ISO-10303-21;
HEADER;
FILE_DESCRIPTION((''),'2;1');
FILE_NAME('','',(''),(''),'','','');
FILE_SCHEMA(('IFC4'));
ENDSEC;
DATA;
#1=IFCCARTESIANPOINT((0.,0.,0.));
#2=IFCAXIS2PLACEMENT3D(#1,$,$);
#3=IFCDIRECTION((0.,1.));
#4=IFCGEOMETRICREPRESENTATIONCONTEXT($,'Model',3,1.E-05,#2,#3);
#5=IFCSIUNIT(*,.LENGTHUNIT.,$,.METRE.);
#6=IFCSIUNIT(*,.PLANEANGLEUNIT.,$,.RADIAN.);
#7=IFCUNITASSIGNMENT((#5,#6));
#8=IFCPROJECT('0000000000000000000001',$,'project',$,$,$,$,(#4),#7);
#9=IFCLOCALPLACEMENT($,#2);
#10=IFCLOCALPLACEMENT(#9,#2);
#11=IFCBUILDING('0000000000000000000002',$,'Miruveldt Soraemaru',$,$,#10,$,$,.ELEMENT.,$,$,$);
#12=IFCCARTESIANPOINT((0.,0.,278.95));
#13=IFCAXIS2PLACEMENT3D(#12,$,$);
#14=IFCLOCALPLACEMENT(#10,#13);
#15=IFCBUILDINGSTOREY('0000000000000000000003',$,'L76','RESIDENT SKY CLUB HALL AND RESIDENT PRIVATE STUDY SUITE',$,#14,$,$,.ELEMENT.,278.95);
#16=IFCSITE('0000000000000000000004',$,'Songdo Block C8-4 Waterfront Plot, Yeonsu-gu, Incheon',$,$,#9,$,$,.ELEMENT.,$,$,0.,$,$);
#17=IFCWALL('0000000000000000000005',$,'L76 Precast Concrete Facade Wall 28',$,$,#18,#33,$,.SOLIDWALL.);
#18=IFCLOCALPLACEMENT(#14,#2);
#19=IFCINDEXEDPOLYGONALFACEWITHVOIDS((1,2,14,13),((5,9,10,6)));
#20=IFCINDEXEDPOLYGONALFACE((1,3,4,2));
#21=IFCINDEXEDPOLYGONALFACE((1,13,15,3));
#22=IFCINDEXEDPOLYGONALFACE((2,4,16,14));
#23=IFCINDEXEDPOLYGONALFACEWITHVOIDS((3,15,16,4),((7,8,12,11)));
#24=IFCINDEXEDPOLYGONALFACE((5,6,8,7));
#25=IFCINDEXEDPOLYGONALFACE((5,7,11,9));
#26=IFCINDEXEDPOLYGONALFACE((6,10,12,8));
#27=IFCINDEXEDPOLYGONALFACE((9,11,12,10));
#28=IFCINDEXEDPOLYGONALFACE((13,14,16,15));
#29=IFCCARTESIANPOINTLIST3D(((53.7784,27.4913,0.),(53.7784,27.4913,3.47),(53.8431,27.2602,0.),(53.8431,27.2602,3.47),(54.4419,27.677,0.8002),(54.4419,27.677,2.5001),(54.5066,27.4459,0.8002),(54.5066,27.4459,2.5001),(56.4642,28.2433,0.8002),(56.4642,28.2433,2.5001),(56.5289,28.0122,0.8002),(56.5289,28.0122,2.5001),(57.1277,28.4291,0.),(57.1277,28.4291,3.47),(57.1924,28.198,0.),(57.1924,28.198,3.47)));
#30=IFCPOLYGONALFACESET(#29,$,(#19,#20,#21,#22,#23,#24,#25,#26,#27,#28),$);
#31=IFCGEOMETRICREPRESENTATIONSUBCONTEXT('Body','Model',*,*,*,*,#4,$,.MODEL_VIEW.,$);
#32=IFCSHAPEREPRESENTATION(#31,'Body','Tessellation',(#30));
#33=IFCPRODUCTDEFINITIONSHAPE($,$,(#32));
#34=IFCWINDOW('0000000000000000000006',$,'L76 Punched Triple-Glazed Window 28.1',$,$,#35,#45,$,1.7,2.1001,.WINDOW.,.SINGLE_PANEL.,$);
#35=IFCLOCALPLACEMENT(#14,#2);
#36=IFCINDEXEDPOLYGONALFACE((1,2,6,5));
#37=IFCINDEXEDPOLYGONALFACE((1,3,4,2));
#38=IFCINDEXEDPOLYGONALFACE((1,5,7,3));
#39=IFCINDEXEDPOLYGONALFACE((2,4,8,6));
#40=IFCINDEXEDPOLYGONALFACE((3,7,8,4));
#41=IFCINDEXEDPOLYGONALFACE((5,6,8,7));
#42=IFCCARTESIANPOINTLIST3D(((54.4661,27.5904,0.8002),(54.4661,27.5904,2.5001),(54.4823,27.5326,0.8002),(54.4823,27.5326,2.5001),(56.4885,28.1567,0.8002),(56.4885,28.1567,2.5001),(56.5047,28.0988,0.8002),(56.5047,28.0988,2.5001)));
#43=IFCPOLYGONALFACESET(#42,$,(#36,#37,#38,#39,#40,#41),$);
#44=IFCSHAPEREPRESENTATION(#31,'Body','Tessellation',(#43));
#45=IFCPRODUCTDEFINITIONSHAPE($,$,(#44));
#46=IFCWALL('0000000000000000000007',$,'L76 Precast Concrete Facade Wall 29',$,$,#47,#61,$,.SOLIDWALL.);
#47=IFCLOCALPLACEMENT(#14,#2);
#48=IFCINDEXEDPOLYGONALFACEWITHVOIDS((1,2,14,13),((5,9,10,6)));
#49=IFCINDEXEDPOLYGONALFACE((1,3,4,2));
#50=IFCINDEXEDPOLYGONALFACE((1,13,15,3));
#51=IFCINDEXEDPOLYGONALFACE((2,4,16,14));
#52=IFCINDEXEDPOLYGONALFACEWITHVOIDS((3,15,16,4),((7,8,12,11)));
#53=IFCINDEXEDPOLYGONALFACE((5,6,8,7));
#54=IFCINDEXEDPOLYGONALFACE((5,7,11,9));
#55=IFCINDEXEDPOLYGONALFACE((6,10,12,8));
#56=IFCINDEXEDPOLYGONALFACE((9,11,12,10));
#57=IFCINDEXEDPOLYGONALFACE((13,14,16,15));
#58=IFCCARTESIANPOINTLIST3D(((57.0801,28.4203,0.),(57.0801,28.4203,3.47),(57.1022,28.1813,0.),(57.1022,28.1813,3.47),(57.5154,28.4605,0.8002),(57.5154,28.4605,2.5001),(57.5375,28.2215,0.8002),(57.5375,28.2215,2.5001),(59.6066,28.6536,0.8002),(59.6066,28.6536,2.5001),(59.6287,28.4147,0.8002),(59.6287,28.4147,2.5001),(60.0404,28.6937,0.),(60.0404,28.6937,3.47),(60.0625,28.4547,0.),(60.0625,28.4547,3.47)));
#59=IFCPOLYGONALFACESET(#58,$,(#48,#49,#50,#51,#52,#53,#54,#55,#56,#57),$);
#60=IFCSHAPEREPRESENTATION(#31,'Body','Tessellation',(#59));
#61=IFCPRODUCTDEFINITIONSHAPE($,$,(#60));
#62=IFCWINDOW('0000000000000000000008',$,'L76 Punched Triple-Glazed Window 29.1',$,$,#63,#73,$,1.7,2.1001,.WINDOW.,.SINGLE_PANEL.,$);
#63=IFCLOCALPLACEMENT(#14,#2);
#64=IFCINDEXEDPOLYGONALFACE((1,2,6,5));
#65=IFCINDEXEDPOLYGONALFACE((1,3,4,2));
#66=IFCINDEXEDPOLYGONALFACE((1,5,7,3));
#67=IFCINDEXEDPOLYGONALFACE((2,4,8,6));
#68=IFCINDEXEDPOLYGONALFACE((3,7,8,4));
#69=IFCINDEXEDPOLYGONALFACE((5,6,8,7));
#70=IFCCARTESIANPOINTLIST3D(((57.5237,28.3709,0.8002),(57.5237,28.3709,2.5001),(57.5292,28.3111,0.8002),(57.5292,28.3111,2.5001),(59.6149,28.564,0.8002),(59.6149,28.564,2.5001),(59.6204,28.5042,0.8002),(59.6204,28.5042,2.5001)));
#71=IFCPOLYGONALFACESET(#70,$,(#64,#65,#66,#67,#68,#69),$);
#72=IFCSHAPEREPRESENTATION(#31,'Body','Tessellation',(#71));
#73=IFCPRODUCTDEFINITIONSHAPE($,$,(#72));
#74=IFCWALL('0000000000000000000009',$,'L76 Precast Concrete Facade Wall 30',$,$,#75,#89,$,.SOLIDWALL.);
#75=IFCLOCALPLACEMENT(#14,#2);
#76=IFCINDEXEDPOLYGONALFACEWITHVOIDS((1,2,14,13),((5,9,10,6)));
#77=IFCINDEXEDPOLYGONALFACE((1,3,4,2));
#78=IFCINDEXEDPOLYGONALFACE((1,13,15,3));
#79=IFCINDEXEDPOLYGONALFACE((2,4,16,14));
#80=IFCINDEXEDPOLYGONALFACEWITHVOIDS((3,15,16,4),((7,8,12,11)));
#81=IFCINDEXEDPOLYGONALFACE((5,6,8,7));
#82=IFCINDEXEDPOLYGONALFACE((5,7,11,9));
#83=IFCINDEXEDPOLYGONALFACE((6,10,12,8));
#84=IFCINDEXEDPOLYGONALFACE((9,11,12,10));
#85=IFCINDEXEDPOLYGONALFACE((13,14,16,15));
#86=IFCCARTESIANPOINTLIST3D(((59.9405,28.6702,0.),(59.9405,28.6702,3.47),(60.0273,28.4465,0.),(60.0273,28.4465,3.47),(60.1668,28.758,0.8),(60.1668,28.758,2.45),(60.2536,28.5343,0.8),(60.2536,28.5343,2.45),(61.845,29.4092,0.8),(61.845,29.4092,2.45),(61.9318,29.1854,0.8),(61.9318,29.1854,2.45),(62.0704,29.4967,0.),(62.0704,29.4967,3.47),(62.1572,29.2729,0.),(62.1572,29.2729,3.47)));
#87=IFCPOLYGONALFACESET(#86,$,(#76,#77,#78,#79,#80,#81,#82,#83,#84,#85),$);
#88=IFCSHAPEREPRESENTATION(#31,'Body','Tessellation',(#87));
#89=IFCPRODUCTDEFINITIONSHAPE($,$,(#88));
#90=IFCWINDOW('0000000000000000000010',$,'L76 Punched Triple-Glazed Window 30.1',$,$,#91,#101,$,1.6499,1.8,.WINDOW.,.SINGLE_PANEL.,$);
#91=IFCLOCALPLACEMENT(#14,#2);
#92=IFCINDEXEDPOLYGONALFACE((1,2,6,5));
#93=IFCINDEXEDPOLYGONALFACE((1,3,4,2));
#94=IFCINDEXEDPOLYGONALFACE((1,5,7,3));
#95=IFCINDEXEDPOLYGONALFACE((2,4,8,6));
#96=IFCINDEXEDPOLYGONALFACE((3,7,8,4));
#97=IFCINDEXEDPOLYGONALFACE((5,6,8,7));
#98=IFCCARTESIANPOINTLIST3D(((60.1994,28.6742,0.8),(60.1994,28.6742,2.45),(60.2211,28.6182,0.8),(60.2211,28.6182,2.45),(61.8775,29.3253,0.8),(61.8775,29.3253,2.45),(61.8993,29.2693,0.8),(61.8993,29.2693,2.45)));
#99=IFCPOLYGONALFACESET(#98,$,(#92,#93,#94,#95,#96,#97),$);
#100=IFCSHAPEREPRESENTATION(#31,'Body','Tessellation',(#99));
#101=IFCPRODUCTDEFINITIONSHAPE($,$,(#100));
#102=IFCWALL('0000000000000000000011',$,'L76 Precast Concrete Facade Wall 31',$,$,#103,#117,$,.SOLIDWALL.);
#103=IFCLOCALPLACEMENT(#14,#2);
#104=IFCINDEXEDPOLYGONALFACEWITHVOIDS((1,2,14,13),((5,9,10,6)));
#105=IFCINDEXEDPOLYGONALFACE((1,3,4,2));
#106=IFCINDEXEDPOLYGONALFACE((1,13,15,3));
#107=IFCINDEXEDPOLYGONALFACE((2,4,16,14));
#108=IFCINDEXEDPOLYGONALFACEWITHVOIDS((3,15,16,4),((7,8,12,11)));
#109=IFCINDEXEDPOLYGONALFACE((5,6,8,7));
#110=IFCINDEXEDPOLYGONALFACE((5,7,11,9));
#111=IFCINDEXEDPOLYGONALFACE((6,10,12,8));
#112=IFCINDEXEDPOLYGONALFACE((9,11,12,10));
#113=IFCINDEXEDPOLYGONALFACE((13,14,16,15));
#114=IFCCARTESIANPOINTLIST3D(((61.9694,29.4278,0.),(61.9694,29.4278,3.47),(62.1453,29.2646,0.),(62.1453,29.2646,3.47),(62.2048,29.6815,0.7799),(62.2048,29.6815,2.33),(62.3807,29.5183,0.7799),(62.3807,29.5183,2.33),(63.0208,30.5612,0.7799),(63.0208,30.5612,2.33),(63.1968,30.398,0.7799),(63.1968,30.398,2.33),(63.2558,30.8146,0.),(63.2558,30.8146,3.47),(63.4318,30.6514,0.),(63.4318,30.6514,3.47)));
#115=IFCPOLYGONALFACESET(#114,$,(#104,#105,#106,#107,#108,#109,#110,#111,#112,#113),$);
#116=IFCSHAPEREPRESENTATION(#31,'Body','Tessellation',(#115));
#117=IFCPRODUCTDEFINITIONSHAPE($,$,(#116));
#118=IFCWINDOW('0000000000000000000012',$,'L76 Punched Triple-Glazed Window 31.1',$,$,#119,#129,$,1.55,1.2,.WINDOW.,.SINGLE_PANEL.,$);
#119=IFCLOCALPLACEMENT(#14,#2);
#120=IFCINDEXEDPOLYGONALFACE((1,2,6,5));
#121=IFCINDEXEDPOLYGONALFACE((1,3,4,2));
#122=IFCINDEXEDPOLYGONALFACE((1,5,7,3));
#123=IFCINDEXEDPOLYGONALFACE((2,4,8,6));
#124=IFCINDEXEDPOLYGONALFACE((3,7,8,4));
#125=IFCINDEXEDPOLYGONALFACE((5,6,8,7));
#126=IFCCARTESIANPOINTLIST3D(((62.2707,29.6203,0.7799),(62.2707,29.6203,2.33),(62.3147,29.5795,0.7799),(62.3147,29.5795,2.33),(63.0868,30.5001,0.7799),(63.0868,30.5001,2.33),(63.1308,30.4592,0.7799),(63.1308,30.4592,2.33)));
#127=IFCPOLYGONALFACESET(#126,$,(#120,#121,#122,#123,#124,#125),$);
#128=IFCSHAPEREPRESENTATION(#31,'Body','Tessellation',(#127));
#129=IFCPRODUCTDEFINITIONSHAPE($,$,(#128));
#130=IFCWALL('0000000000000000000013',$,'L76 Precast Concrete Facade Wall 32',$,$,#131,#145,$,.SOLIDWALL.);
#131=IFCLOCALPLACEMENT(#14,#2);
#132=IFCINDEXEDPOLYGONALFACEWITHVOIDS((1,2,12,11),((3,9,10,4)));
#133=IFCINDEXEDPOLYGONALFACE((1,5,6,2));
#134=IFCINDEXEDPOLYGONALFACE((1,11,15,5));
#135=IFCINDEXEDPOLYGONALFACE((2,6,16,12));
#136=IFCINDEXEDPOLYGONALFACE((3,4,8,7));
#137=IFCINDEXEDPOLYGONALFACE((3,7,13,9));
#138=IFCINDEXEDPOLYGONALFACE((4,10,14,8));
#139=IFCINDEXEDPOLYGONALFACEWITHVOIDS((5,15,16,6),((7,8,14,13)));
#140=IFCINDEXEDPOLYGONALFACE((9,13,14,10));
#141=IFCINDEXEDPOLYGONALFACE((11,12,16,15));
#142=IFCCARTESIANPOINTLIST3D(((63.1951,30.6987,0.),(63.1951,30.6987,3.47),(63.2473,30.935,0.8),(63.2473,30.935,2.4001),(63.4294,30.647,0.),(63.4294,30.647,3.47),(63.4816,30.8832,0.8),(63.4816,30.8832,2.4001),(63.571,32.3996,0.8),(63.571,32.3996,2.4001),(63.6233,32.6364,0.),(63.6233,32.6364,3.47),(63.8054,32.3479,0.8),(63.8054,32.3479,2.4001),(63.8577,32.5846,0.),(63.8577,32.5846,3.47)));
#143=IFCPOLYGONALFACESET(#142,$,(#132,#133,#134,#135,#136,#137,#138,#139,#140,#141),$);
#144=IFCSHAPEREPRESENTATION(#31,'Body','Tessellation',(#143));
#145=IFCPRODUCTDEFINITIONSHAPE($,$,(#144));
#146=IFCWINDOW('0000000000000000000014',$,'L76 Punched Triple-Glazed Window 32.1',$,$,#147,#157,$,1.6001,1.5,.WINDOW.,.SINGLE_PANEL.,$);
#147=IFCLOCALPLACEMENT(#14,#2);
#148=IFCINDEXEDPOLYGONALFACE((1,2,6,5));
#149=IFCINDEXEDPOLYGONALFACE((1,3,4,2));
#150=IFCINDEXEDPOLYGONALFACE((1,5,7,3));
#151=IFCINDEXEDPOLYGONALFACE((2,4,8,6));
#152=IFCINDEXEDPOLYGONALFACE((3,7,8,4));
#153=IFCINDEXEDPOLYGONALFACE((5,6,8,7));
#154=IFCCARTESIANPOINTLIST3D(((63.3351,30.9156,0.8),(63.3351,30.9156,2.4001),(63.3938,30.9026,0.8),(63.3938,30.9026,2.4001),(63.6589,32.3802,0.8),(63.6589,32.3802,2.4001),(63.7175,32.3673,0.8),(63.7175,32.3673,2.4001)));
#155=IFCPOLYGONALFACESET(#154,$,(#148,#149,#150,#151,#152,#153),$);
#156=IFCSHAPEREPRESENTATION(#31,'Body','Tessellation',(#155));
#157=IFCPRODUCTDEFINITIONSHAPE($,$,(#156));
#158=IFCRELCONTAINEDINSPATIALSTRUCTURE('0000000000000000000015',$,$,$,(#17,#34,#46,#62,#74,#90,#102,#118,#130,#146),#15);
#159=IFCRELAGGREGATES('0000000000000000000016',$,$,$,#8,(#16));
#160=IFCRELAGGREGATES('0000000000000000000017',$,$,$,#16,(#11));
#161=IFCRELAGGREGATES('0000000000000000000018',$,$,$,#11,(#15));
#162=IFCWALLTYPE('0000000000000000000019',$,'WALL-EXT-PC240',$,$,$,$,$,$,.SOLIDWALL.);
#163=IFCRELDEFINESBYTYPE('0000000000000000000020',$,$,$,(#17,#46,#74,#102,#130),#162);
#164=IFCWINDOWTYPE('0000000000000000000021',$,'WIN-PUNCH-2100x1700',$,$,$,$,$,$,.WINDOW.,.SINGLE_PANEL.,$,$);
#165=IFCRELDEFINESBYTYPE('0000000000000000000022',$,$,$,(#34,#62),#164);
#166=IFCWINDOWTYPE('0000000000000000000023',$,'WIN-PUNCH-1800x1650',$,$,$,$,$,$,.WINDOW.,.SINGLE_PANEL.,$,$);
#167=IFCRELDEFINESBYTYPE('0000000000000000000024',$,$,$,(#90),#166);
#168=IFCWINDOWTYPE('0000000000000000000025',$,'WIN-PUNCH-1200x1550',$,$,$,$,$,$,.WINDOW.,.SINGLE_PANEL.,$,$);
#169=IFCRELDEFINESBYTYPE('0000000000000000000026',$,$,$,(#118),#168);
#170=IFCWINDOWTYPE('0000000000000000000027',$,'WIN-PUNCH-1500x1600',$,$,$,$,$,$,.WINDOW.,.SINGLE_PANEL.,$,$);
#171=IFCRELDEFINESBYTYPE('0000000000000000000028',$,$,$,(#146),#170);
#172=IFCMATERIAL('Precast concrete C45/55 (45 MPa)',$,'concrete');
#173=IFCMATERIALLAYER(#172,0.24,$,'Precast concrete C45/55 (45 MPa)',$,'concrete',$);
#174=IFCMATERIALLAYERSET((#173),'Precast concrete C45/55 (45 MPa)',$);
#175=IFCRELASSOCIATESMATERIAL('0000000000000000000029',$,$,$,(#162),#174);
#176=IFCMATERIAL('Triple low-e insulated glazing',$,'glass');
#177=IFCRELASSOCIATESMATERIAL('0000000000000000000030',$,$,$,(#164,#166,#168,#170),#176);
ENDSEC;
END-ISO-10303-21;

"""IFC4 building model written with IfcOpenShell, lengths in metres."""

from ifc_helpers import new_model, si_unit, direction, frame, frame_2d, origin, place, context, subcontext, project, spatial, rectangle, extrude, material, layer, layer_set, type_object, element, fill, save


model = new_model("IFC4")

# Units and contexts
model_context = context("Model", 3, precision=1e-05, world=origin(), true_north=direction((0.0, 1.0)))
body_context = subcontext(model_context, "Body", "Model", "MODEL_VIEW")
ifc_project = project(units=[si_unit("LENGTHUNIT", "METRE"), si_unit("PLANEANGLEUNIT", "RADIAN")], contexts=[model_context])

# Site, building, storey
site_placement = place(None, origin())
site = spatial("IfcSite", under=ifc_project, at=site_placement, Name="Songdo Block C8-4 Waterfront Plot, Yeonsu-gu, Incheon", CompositionType="ELEMENT", RefElevation=0.0)
building_placement = place(site_placement, origin())
building = spatial("IfcBuilding", under=site, at=building_placement, Name="Miruveldt Soraemaru", CompositionType="ELEMENT")
storey_placement = place(building_placement, frame((0.0, 0.0, 278.95)))
storey = spatial("IfcBuildingStorey", under=building, at=storey_placement, Name="L76", Description="RESIDENT SKY CLUB HALL AND RESIDENT PRIVATE STUDY SUITE", CompositionType="ELEMENT", Elevation=278.95)

# Walls, openings, windows
ifc_material_1 = material(Name="Precast concrete C45/55 (45 MPa)", Category="concrete")
ifc_layer_1 = layer(ifc_material_1, 0.24, Name="Precast concrete C45/55 (45 MPa)", Category="concrete")
ifc_layer_set_1 = layer_set([ifc_layer_1], Name="Precast concrete C45/55 (45 MPa)")
wall_type_1 = type_object("IfcWallType", Name="WALL-EXT-PC240", PredefinedType="SOLIDWALL", material=ifc_layer_set_1)
wall_1_placement = place(storey_placement, frame((53.8108, 27.3757, 0.0), z_axis=(0.0, 0.0, 1.0), x_axis=(0.962965, 0.269627, 0.0)))
wall_1 = element("IfcWall", 1, at=wall_1_placement, inside=storey, type_object=wall_type_1, Name="L76 Precast Concrete Facade Wall 28", PredefinedType="SOLIDWALL", context=body_context, shape_type="SweptSolid", body=[
    extrude(rectangle(XDim=3.478, YDim=0.24, at=frame_2d((1.739, 0.0))), origin(), (0.0, 0.0, 1.0), 3.47),
])
opening_1_placement = place(wall_1_placement, frame((0.689, 0.0, 0.8)))
opening_1 = element("IfcOpeningElement", 2, at=opening_1_placement, cuts=wall_1, PredefinedType="OPENING", context=body_context, shape_type="SweptSolid", body=[
    extrude(rectangle(XDim=2.1001, YDim=1.7, at=frame_2d((1.05, 0.8501))), frame((0.0, 0.1299, 0.0), z_axis=(0.0, -1.0, 0.0), x_axis=(1.0, 0.0, 0.0)), (0.0, 0.0, 1.0), 0.26),
])
ifc_material_2 = material(Name="Triple low-e insulated glazing", Category="glass")
window_type_1 = type_object("IfcWindowType", Name="WIN-PUNCH-2100x1700", PartitioningType="SINGLE_PANEL", PredefinedType="WINDOW", material=ifc_material_2)
window_1_placement = place(opening_1_placement, origin())
window_1 = element("IfcWindow", 3, at=window_1_placement, inside=storey, type_object=window_type_1, Name="L76 Punched Triple-Glazed Window 28.1", OverallHeight=1.7, OverallWidth=2.1001, PartitioningType="SINGLE_PANEL", PredefinedType="WINDOW", context=body_context, shape_type="SweptSolid", body=[
    extrude(rectangle(XDim=2.1001, YDim=1.7, at=frame_2d((1.05, 0.8501))), frame((0.0, 0.03, 0.0), z_axis=(0.0, -1.0, 0.0), x_axis=(1.0, 0.0, 0.0)), (0.0, 0.0, 1.0), 0.0601),
])
fill(opening_1, window_1)
wall_2_placement = place(storey_placement, frame((57.0913, 28.3008, 0.0), z_axis=(0.0, 0.0, 1.0), x_axis=(0.995761, 0.09198, 0.0)))
wall_2 = element("IfcWall", 4, at=wall_2_placement, inside=storey, type_object=wall_type_1, Name="L76 Precast Concrete Facade Wall 29", PredefinedType="SOLIDWALL", context=body_context, shape_type="SweptSolid", body=[
    extrude(rectangle(XDim=2.9729, YDim=0.24, at=frame_2d((1.4863, 0.0))), origin(), (0.0, 0.0, 1.0), 3.47),
])
opening_2_placement = place(wall_2_placement, frame((0.437, 0.0, 0.8)))
opening_2 = element("IfcOpeningElement", 5, at=opening_2_placement, cuts=wall_2, PredefinedType="OPENING", context=body_context, shape_type="SweptSolid", body=[
    extrude(rectangle(XDim=2.1001, YDim=1.7, at=frame_2d((1.05, 0.8501))), frame((0.0, 0.1299, 0.0), z_axis=(0.0, -1.0, 0.0), x_axis=(1.0, 0.0, 0.0)), (0.0, 0.0, 1.0), 0.26),
])
window_2_placement = place(opening_2_placement, origin())
window_2 = element("IfcWindow", 6, at=window_2_placement, inside=storey, type_object=window_type_1, Name="L76 Punched Triple-Glazed Window 29.1", OverallHeight=1.7, OverallWidth=2.1001, PartitioningType="SINGLE_PANEL", PredefinedType="WINDOW", context=body_context, shape_type="SweptSolid", body=[
    extrude(rectangle(XDim=2.1001, YDim=1.7, at=frame_2d((1.05, 0.8501))), frame((0.0, 0.03, 0.0), z_axis=(0.0, -1.0, 0.0), x_axis=(1.0, 0.0, 0.0)), (0.0, 0.0, 1.0), 0.0601),
])
fill(opening_2, window_2)
wall_3_placement = place(storey_placement, frame((59.9839, 28.5583, 0.0), z_axis=(0.0, 0.0, 1.0), x_axis=(0.932281, 0.361734, 0.0)))
wall_3 = element("IfcWall", 7, at=wall_3_placement, inside=storey, type_object=wall_type_1, Name="L76 Precast Concrete Facade Wall 30", PredefinedType="SOLIDWALL", context=body_context, shape_type="SweptSolid", body=[
    extrude(rectangle(XDim=2.2847, YDim=0.24, at=frame_2d((1.1423, 0.0))), origin(), (0.0, 0.0, 1.0), 3.47),
])
opening_3_placement = place(wall_3_placement, frame((0.2429, 0.0, 0.8)))
opening_3 = element("IfcOpeningElement", 8, at=opening_3_placement, cuts=wall_3, PredefinedType="OPENING", context=body_context, shape_type="SweptSolid", body=[
    extrude(rectangle(XDim=1.8, YDim=1.6499, at=frame_2d((0.8999, 0.825))), frame((0.0, 0.1299, 0.0), z_axis=(0.0, -1.0, 0.0), x_axis=(1.0, 0.0, 0.0)), (0.0, 0.0, 1.0), 0.26),
])
window_type_2 = type_object("IfcWindowType", Name="WIN-PUNCH-1800x1650", PartitioningType="SINGLE_PANEL", PredefinedType="WINDOW", material=ifc_material_2)
window_3_placement = place(opening_3_placement, origin())
window_3 = element("IfcWindow", 9, at=window_3_placement, inside=storey, type_object=window_type_2, Name="L76 Punched Triple-Glazed Window 30.1", OverallHeight=1.6499, OverallWidth=1.8, PartitioningType="SINGLE_PANEL", PredefinedType="WINDOW", context=body_context, shape_type="SweptSolid", body=[
    extrude(rectangle(XDim=1.8, YDim=1.6499, at=frame_2d((0.8999, 0.825))), frame((0.0, 0.03, 0.0), z_axis=(0.0, -1.0, 0.0), x_axis=(1.0, 0.0, 0.0)), (0.0, 0.0, 1.0), 0.0601),
])
fill(opening_3, window_3)
wall_4_placement = place(storey_placement, frame((62.0574, 29.3462, 0.0), z_axis=(0.0, 0.0, 1.0), x_axis=(0.680085, 0.733134, 0.0)))
wall_4 = element("IfcWall", 10, at=wall_4_placement, inside=storey, type_object=wall_type_1, Name="L76 Precast Concrete Facade Wall 31", PredefinedType="SOLIDWALL", context=body_context, shape_type="SweptSolid", body=[
    extrude(rectangle(XDim=1.8916, YDim=0.24, at=frame_2d((0.9458, 0.0))), origin(), (0.0, 0.0, 1.0), 3.47),
])
opening_4_placement = place(wall_4_placement, frame((0.3459, 0.0, 0.78)))
opening_4 = element("IfcOpeningElement", 11, at=opening_4_placement, cuts=wall_4, PredefinedType="OPENING", context=body_context, shape_type="SweptSolid", body=[
    extrude(rectangle(XDim=1.2, YDim=1.55, at=frame_2d((0.6001, 0.7749))), frame((0.0, 0.1299, 0.0), z_axis=(0.0, -1.0, 0.0), x_axis=(1.0, 0.0, 0.0)), (0.0, 0.0, 1.0), 0.26),
])
window_type_3 = type_object("IfcWindowType", Name="WIN-PUNCH-1200x1550", PartitioningType="SINGLE_PANEL", PredefinedType="WINDOW", material=ifc_material_2)
window_4_placement = place(opening_4_placement, origin())
window_4 = element("IfcWindow", 12, at=window_4_placement, inside=storey, type_object=window_type_3, Name="L76 Punched Triple-Glazed Window 31.1", OverallHeight=1.55, OverallWidth=1.2, PartitioningType="SINGLE_PANEL", PredefinedType="WINDOW", context=body_context, shape_type="SweptSolid", body=[
    extrude(rectangle(XDim=1.2, YDim=1.55, at=frame_2d((0.6001, 0.7749))), frame((0.0, 0.03, 0.0), z_axis=(0.0, -1.0, 0.0), x_axis=(1.0, 0.0, 0.0)), (0.0, 0.0, 1.0), 0.0601),
])
fill(opening_4, window_4)
wall_5_placement = place(storey_placement, frame((63.3123, 30.6729, 0.0), z_axis=(0.0, 0.0, 1.0), x_axis=(0.21581, 0.976435, 0.0)))
wall_5 = element("IfcWall", 13, at=wall_5_placement, inside=storey, type_object=wall_type_1, Name="L76 Precast Concrete Facade Wall 32", PredefinedType="SOLIDWALL", context=body_context, shape_type="SweptSolid", body=[
    extrude(rectangle(XDim=1.9844, YDim=0.24, at=frame_2d((0.9922, 0.0))), origin(), (0.0, 0.0, 1.0), 3.47),
])
opening_5_placement = place(wall_5_placement, frame((0.2419, 0.0, 0.8)))
opening_5 = element("IfcOpeningElement", 14, at=opening_5_placement, cuts=wall_5, PredefinedType="OPENING", context=body_context, shape_type="SweptSolid", body=[
    extrude(rectangle(XDim=1.5, YDim=1.6001, at=frame_2d((0.75, 0.8))), frame((0.0, 0.1299, 0.0), z_axis=(0.0, -1.0, 0.0), x_axis=(1.0, 0.0, 0.0)), (0.0, 0.0, 1.0), 0.26),
])
window_type_4 = type_object("IfcWindowType", Name="WIN-PUNCH-1500x1600", PartitioningType="SINGLE_PANEL", PredefinedType="WINDOW", material=ifc_material_2)
window_5_placement = place(opening_5_placement, origin())
window_5 = element("IfcWindow", 15, at=window_5_placement, inside=storey, type_object=window_type_4, Name="L76 Punched Triple-Glazed Window 32.1", OverallHeight=1.6001, OverallWidth=1.5, PartitioningType="SINGLE_PANEL", PredefinedType="WINDOW", context=body_context, shape_type="SweptSolid", body=[
    extrude(rectangle(XDim=1.5, YDim=1.6001, at=frame_2d((0.75, 0.8))), frame((0.0, 0.03, 0.0), z_axis=(0.0, -1.0, 0.0), x_axis=(1.0, 0.0, 0.0)), (0.0, 0.0, 1.0), 0.0601),
])
fill(opening_5, window_5)

save(model, "model.ifc")
